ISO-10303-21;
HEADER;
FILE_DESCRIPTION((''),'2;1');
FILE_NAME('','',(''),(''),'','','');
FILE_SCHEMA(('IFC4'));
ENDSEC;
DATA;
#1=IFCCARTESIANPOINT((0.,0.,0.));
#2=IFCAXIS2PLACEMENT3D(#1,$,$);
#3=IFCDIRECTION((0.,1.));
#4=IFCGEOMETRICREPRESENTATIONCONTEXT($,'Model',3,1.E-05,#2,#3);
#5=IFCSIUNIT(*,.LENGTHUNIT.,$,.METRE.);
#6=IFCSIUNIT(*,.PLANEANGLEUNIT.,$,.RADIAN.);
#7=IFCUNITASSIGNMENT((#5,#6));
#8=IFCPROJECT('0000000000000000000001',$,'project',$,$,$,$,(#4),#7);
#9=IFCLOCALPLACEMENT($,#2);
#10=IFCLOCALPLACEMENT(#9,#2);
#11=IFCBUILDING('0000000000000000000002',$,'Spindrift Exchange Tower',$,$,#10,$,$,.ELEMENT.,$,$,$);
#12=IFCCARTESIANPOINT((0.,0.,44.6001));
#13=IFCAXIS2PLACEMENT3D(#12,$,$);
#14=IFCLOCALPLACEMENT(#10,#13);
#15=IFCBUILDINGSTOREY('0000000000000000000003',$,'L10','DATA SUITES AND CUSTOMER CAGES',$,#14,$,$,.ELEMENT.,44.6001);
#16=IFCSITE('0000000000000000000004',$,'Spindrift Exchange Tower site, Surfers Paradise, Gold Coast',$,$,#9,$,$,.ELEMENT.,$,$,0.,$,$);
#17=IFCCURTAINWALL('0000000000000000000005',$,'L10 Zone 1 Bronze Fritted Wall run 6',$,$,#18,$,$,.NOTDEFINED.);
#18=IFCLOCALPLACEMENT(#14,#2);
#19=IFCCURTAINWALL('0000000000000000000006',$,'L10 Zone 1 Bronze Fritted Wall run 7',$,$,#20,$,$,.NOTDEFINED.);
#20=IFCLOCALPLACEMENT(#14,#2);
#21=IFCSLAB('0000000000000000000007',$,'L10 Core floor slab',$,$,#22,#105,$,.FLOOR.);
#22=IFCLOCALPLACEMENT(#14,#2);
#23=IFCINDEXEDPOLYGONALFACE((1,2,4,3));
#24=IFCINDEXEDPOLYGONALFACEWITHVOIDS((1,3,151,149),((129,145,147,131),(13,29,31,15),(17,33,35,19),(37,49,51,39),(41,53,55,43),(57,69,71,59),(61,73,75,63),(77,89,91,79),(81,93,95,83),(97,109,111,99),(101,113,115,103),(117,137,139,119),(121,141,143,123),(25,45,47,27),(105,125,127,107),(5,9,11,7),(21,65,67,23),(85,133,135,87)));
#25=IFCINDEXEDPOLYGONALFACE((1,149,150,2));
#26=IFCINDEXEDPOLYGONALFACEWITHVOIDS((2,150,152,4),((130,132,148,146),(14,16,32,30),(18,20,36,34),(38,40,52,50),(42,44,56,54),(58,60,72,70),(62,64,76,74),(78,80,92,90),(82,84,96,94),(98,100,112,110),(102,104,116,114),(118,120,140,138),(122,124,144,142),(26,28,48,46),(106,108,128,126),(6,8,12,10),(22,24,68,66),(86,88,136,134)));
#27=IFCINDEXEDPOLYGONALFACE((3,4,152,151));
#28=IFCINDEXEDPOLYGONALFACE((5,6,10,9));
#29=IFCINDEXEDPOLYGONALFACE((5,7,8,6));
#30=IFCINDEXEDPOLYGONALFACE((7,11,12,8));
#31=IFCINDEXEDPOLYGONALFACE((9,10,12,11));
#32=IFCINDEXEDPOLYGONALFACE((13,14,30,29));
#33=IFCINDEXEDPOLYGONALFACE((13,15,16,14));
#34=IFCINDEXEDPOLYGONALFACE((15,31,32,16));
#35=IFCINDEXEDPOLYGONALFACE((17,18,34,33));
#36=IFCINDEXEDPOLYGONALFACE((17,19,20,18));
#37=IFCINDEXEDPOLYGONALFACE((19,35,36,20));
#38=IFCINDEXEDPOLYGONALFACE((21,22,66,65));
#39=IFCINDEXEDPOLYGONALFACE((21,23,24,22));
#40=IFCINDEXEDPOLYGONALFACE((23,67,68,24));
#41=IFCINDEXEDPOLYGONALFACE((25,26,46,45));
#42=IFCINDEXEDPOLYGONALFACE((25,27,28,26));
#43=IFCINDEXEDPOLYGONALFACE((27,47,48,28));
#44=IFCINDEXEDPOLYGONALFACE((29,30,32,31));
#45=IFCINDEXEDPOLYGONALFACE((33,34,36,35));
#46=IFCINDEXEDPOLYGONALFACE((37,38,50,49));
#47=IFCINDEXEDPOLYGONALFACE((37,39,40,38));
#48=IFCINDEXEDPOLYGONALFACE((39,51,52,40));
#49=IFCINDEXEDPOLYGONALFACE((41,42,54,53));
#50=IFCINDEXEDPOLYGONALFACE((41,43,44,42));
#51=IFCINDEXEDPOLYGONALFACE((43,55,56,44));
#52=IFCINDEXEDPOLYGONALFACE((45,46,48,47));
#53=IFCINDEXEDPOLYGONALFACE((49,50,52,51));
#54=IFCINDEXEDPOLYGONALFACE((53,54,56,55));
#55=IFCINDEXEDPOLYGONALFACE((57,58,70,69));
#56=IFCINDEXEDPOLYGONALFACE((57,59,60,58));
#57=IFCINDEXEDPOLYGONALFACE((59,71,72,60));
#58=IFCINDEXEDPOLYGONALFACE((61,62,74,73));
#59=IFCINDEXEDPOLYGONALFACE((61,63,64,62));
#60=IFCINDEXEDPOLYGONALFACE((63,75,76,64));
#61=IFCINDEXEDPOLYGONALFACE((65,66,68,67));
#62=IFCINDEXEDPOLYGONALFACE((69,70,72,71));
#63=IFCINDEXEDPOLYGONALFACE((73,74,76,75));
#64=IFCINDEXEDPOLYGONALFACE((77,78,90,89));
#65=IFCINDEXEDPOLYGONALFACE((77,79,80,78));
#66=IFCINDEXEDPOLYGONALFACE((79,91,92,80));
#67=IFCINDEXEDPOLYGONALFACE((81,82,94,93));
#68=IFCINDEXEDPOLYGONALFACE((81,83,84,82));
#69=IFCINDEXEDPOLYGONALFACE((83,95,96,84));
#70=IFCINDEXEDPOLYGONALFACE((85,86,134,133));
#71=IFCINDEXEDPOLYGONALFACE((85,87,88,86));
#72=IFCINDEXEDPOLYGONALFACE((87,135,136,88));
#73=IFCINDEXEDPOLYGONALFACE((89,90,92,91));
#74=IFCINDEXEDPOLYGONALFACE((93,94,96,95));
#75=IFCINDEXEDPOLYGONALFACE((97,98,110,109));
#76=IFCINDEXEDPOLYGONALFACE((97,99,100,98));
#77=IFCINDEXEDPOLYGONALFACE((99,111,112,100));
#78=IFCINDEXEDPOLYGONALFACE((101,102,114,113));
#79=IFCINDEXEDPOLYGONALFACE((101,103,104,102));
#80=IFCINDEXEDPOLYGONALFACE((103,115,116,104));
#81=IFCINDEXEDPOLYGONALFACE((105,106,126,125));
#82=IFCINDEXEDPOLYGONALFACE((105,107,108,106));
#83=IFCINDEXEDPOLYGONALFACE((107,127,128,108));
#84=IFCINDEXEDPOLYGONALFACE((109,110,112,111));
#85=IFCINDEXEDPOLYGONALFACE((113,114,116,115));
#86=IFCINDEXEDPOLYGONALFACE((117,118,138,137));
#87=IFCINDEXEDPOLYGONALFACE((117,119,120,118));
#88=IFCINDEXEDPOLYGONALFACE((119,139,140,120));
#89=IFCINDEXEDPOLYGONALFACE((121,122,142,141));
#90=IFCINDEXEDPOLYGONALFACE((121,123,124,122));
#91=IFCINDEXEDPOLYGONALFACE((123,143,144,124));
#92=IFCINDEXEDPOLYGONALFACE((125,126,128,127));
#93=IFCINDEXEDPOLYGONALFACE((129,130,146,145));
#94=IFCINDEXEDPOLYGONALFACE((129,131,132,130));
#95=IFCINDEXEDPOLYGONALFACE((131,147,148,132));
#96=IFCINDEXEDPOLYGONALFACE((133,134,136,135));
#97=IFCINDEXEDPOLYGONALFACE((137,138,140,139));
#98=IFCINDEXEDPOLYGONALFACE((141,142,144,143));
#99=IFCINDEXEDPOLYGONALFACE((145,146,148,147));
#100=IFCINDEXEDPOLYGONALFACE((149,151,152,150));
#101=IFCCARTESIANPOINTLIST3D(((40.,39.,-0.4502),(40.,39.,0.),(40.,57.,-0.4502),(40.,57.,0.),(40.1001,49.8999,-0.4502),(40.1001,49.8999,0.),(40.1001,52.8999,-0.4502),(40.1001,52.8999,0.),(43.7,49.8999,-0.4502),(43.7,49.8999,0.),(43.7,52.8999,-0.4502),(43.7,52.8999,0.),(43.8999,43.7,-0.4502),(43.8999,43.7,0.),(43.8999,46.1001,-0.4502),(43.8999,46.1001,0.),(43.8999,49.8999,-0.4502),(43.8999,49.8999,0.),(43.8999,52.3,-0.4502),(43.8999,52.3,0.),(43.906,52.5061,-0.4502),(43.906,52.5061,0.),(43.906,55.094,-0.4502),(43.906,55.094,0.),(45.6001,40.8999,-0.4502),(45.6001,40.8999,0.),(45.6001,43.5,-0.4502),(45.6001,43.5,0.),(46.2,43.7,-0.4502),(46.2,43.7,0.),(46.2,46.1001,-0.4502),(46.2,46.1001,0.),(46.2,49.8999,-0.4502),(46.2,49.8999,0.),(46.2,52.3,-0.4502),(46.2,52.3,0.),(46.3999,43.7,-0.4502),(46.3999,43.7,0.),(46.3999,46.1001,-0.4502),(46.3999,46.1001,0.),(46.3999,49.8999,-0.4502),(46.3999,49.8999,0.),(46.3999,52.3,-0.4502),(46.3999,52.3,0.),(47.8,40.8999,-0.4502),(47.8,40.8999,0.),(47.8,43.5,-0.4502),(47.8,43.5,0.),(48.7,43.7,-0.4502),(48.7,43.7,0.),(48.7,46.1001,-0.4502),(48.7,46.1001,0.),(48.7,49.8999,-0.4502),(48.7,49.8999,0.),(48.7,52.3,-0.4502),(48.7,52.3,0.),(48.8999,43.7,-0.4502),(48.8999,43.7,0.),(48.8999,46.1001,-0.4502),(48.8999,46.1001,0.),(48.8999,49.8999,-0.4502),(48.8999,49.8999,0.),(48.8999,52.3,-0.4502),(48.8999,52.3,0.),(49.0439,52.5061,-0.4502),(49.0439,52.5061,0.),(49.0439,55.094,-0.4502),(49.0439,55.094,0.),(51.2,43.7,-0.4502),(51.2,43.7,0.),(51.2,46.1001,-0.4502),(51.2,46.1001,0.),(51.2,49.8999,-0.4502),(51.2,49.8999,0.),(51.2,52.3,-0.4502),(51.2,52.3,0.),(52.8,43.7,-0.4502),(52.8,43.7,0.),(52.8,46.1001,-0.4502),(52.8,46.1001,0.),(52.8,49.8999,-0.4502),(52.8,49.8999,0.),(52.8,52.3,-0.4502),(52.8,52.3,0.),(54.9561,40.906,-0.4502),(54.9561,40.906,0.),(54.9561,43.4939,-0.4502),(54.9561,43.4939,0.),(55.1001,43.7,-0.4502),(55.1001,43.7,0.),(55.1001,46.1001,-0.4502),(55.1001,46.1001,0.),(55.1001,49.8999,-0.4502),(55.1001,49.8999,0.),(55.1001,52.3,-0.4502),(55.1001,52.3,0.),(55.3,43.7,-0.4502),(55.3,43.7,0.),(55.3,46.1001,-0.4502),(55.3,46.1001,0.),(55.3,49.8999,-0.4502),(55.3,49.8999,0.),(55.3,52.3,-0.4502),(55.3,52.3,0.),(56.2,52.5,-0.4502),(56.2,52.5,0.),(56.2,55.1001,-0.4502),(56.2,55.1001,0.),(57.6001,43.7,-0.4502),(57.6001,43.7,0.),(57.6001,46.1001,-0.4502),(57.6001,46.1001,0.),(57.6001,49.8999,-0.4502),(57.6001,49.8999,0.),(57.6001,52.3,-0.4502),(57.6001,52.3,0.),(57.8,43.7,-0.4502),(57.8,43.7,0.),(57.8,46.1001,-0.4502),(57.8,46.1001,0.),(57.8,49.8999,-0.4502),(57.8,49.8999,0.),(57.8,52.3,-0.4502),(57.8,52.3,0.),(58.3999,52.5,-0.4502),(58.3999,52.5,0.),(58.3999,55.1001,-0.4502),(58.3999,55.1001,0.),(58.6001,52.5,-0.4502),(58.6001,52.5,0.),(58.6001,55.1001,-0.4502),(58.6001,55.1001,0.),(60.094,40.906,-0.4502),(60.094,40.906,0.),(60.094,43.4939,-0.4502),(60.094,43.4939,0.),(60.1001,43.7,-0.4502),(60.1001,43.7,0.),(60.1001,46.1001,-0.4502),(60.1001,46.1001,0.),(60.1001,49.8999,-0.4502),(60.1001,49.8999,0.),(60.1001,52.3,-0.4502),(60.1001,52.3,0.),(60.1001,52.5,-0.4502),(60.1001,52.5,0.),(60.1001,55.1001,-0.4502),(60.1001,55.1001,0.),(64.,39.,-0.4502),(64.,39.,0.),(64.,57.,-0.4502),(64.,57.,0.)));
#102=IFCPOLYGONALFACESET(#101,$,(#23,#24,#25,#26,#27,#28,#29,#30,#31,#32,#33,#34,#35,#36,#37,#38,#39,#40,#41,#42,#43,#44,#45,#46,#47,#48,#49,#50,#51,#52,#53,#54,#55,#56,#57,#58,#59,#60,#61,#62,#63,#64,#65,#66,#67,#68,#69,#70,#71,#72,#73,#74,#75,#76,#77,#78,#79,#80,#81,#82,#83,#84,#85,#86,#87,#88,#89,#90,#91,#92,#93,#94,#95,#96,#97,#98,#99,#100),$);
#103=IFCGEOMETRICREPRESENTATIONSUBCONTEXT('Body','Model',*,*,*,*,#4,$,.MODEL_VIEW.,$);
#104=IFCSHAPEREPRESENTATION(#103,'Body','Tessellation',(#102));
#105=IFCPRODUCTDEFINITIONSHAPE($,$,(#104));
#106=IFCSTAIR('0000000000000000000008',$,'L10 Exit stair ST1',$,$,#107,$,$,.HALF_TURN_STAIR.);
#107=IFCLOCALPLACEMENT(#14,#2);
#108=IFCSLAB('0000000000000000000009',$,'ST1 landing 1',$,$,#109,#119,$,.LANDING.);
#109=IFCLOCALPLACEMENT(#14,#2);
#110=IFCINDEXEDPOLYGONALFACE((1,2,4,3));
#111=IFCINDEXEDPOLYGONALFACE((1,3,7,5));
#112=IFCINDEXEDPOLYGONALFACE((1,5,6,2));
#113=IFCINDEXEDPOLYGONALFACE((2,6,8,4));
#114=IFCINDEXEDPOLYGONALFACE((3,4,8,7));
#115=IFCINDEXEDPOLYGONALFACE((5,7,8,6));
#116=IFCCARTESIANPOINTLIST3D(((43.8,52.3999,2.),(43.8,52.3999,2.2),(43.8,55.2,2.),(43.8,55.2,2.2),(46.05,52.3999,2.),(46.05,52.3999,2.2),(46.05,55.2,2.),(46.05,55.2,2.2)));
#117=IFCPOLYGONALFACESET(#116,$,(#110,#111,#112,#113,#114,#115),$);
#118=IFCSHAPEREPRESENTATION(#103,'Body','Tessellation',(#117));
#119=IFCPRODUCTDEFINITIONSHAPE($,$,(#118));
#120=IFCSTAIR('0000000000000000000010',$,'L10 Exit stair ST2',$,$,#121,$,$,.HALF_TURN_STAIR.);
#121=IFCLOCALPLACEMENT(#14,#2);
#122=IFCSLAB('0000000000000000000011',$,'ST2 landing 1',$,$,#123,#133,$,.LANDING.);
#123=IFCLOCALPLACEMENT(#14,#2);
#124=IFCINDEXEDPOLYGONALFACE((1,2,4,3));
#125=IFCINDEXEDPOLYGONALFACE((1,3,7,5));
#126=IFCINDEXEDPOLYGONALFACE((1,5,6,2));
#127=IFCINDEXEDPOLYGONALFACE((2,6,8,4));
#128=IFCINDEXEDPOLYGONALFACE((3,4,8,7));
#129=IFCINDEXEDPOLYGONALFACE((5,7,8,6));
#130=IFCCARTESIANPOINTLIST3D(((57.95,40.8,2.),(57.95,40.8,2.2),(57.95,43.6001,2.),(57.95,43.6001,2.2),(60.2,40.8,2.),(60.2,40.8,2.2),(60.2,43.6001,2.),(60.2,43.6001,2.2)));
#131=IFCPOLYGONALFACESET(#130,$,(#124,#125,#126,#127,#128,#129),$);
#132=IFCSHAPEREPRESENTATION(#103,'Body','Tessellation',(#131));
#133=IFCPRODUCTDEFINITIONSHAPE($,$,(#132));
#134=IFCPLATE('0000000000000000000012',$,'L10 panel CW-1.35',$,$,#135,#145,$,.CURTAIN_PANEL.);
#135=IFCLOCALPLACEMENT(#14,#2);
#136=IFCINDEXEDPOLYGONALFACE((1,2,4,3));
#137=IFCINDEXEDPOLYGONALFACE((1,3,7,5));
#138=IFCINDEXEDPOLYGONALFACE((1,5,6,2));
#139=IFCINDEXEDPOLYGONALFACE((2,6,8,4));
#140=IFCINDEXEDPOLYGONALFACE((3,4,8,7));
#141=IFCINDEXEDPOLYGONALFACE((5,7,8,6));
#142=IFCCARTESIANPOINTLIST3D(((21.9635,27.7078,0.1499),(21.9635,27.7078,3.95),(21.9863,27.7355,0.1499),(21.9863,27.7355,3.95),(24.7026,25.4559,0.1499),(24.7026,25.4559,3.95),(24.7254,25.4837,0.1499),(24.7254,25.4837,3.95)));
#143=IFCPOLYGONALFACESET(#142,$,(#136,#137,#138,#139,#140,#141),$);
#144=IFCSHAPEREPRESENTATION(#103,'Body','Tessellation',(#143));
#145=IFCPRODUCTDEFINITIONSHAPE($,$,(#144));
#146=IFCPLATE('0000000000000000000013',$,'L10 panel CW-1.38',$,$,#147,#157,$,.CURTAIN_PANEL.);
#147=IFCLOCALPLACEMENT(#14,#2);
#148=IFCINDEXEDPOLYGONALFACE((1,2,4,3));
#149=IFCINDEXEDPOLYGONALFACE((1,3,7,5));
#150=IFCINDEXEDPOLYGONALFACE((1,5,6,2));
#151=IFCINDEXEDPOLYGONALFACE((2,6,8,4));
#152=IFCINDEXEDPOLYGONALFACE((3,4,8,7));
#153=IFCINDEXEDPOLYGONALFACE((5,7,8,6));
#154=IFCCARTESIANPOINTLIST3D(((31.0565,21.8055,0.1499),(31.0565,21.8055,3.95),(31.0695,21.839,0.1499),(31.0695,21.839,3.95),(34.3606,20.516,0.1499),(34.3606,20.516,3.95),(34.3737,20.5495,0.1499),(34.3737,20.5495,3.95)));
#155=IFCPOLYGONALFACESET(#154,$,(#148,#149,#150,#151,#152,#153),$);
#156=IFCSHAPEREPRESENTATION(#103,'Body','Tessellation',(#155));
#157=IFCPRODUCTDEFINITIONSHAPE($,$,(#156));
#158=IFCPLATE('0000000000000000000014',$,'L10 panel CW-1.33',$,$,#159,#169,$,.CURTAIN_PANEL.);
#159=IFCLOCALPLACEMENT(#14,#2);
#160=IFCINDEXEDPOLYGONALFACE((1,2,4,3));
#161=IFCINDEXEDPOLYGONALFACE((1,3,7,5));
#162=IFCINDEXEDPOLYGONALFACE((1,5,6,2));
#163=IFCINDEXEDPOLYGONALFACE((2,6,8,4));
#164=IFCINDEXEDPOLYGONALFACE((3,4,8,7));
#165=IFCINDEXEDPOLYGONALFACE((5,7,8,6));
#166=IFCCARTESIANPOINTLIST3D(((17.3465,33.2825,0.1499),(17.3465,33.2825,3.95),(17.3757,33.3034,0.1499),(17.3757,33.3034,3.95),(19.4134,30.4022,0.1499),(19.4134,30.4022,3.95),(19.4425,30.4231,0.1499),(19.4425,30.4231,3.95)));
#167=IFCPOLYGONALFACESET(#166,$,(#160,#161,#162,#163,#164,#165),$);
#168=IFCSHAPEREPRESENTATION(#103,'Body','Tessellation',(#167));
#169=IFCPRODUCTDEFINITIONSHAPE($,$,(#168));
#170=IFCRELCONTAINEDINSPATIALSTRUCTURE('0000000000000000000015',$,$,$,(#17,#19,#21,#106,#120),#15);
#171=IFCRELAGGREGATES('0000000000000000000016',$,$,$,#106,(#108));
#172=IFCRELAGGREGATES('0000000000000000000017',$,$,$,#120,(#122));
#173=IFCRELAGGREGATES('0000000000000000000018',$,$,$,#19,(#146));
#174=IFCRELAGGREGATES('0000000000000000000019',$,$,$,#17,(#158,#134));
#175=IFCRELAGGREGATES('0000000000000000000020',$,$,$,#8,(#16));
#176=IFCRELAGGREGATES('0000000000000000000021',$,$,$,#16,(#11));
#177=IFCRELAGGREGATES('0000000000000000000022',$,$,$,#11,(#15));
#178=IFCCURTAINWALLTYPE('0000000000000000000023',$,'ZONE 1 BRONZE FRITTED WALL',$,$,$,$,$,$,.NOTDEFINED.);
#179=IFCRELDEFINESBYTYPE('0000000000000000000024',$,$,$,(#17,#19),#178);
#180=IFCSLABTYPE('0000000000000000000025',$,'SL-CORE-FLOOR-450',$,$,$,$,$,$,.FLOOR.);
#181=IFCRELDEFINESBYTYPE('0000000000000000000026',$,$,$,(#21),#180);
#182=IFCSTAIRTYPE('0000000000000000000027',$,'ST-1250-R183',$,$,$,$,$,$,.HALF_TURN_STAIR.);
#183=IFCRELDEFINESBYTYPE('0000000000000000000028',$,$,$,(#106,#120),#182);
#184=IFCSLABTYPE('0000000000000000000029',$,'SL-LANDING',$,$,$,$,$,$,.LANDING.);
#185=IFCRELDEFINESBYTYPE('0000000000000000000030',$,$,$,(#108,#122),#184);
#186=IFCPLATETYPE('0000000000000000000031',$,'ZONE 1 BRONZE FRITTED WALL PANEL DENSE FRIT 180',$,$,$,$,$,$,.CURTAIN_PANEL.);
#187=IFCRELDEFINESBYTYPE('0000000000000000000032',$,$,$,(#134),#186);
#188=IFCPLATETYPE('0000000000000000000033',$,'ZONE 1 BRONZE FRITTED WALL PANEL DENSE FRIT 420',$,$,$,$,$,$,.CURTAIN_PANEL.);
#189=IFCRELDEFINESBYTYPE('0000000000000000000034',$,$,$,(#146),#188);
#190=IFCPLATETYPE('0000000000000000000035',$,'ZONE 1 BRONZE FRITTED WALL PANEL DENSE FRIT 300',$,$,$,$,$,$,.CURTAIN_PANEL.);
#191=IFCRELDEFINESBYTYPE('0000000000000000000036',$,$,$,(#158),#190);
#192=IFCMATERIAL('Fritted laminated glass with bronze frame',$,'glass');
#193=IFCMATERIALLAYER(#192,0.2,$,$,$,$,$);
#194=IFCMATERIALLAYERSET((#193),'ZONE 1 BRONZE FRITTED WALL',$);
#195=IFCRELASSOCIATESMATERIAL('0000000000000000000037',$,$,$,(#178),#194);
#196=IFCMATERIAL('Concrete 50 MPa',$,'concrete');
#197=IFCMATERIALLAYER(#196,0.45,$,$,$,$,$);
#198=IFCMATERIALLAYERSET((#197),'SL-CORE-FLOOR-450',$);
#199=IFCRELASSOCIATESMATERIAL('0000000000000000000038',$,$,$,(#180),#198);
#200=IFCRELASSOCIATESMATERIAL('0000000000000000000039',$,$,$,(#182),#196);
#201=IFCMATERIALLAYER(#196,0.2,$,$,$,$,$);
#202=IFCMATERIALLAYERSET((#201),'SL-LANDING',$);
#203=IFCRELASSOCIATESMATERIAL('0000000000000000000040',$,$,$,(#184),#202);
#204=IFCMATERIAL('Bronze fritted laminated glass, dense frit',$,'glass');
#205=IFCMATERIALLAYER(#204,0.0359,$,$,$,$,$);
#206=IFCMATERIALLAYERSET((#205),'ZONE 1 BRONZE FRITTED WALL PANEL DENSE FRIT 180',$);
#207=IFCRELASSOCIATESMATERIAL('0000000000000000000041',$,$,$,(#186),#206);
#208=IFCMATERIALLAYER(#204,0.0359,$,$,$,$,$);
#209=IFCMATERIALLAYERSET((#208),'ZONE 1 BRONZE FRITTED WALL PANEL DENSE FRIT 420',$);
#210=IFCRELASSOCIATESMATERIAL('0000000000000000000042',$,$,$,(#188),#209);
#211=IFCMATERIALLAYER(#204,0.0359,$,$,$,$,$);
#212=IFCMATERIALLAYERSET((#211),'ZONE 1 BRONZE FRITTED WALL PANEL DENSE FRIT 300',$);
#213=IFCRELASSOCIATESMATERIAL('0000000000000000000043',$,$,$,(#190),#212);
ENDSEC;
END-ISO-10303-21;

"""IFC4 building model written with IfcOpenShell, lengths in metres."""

from ifc_helpers import new_model, si_unit, direction, frame, origin, origin_2d, place, context, subcontext, project, spatial, line, indexed_curve, rectangle, outline, extrude, source, transform, mapped, material, layer, layer_set, type_object, element, aggregate, save


model = new_model("IFC4")

# Units and contexts
model_context = context("Model", 3, precision=1e-05, world=origin(), true_north=direction((0.0, 1.0)))
body_context = subcontext(model_context, "Body", "Model", "MODEL_VIEW")
ifc_project = project(units=[si_unit("LENGTHUNIT", "METRE"), si_unit("PLANEANGLEUNIT", "RADIAN")], contexts=[model_context])

# Site, building, storey
site_placement = place(None, origin())
site = spatial("IfcSite", under=ifc_project, at=site_placement, Name="Spindrift Exchange Tower site, Surfers Paradise, Gold Coast", CompositionType="ELEMENT", RefElevation=0.0)
building_placement = place(site_placement, origin())
building = spatial("IfcBuilding", under=site, at=building_placement, Name="Spindrift Exchange Tower", CompositionType="ELEMENT")
storey_placement = place(building_placement, frame((0.0, 0.0, 44.6001)))
storey = spatial("IfcBuildingStorey", under=building, at=storey_placement, Name="L10", Description="DATA SUITES AND CUSTOMER CAGES", CompositionType="ELEMENT", Elevation=44.6001)

# Curtain walls
ifc_material_1 = material(Name="Fritted laminated glass with bronze frame", Category="glass")
ifc_layer_1 = layer(ifc_material_1, 0.2)
ifc_layer_set_1 = layer_set([ifc_layer_1], Name="ZONE 1 BRONZE FRITTED WALL")
curtain_wall_type = type_object("IfcCurtainWallType", Name="ZONE 1 BRONZE FRITTED WALL", PredefinedType="NOTDEFINED", material=ifc_layer_set_1)
curtain_wall_1_placement = place(storey_placement, origin())
curtain_wall_1 = element("IfcCurtainWall", 1, at=curtain_wall_1_placement, inside=storey, type_object=curtain_wall_type, Name="L10 Zone 1 Bronze Fritted Wall run 6", PredefinedType="NOTDEFINED")
curtain_wall_2_placement = place(storey_placement, origin())
curtain_wall_2 = element("IfcCurtainWall", 2, at=curtain_wall_2_placement, inside=storey, type_object=curtain_wall_type, Name="L10 Zone 1 Bronze Fritted Wall run 7", PredefinedType="NOTDEFINED")

# Slab
ifc_material_2 = material(Name="Concrete 50 MPa", Category="concrete")
ifc_layer_2 = layer(ifc_material_2, 0.45)
ifc_layer_set_2 = layer_set([ifc_layer_2], Name="SL-CORE-FLOOR-450")
slab_type_1 = type_object("IfcSlabType", Name="SL-CORE-FLOOR-450", PredefinedType="FLOOR", material=ifc_layer_set_2)
slab_1_placement = place(storey_placement, frame((0.0, 0.0, -0.4502)))
element("IfcSlab", 3, at=slab_1_placement, inside=storey, type_object=slab_type_1, Name="L10 Core floor slab", PredefinedType="FLOOR", context=body_context, shape_type="SweptSolid", body=[
    extrude(outline(indexed_curve([(40.0, 39.0), (40.0, 57.0), (64.0, 57.0), (64.0, 39.0)], segments=[line(1, 2, 3, 4, 1)], self_intersect=False), holes=[indexed_curve([(47.8, 43.5), (45.6001, 43.5), (45.6001, 40.8999), (47.8, 40.8999)], segments=[line(1, 2, 3, 4, 1)], self_intersect=False), indexed_curve([(46.2, 46.1001), (43.8999, 46.1001), (43.8999, 43.7), (46.2, 43.7)], segments=[line(1, 2, 3, 4, 1)], self_intersect=False), indexed_curve([(48.7, 46.1001), (46.3999, 46.1001), (46.3999, 43.7), (48.7, 43.7)], segments=[line(1, 2, 3, 4, 1)], self_intersect=False), indexed_curve([(51.2, 46.1001), (48.8999, 46.1001), (48.8999, 43.7), (51.2, 43.7)], segments=[line(1, 2, 3, 4, 1)], self_intersect=False), indexed_curve([(46.2, 52.3), (43.8999, 52.3), (43.8999, 49.8999), (46.2, 49.8999)], segments=[line(1, 2, 3, 4, 1)], self_intersect=False), indexed_curve([(48.7, 52.3), (46.3999, 52.3), (46.3999, 49.8999), (48.7, 49.8999)], segments=[line(1, 2, 3, 4, 1)], self_intersect=False), indexed_curve([(51.2, 52.3), (48.8999, 52.3), (48.8999, 49.8999), (51.2, 49.8999)], segments=[line(1, 2, 3, 4, 1)], self_intersect=False), indexed_curve([(43.7, 49.8999), (43.7, 52.8999), (40.1001, 52.8999), (40.1001, 49.8999)], segments=[line(1, 2, 3, 4, 1)], self_intersect=False), indexed_curve([(49.0439, 55.094), (43.906, 55.094), (43.906, 52.5061), (49.0439, 52.5061)], segments=[line(1, 2, 3, 4, 1)], self_intersect=False), indexed_curve([(60.094, 40.906), (60.094, 43.4939), (54.9561, 43.4939), (54.9561, 40.906)], segments=[line(1, 2, 3, 4, 1)], self_intersect=False), indexed_curve([(55.1001, 46.1001), (52.8, 46.1001), (52.8, 43.7), (55.1001, 43.7)], segments=[line(1, 2, 3, 4, 1)], self_intersect=False), indexed_curve([(57.6001, 46.1001), (55.3, 46.1001), (55.3, 43.7), (57.6001, 43.7)], segments=[line(1, 2, 3, 4, 1)], self_intersect=False), indexed_curve([(60.1001, 46.1001), (57.8, 46.1001), (57.8, 43.7), (60.1001, 43.7)], segments=[line(1, 2, 3, 4, 1)], self_intersect=False), indexed_curve([(55.1001, 52.3), (52.8, 52.3), (52.8, 49.8999), (55.1001, 49.8999)], segments=[line(1, 2, 3, 4, 1)], self_intersect=False), indexed_curve([(57.6001, 52.3), (55.3, 52.3), (55.3, 49.8999), (57.6001, 49.8999)], segments=[line(1, 2, 3, 4, 1)], self_intersect=False), indexed_curve([(60.1001, 52.3), (57.8, 52.3), (57.8, 49.8999), (60.1001, 49.8999)], segments=[line(1, 2, 3, 4, 1)], self_intersect=False), indexed_curve([(58.3999, 52.5), (58.3999, 55.1001), (56.2, 55.1001), (56.2, 52.5)], segments=[line(1, 2, 3, 4, 1)], self_intersect=False), indexed_curve([(60.1001, 52.5), (60.1001, 55.1001), (58.6001, 55.1001), (58.6001, 52.5)], segments=[line(1, 2, 3, 4, 1)], self_intersect=False)]), origin(), (0.0, 0.0, 1.0), 0.4502),
])

# Stairs, slabs
stair_type = type_object("IfcStairType", Name="ST-1250-R183", PredefinedType="HALF_TURN_STAIR", material=ifc_material_2)
stair_1_placement = place(storey_placement, origin())
stair_1 = element("IfcStair", 4, at=stair_1_placement, inside=storey, type_object=stair_type, Name="L10 Exit stair ST1", PredefinedType="HALF_TURN_STAIR")
ifc_layer_3 = layer(ifc_material_2, 0.2)
ifc_layer_set_3 = layer_set([ifc_layer_3], Name="SL-LANDING")
slab_type_2 = type_object("IfcSlabType", Name="SL-LANDING", PredefinedType="LANDING", material=ifc_layer_set_3)
slab_2_placement = place(storey_placement, frame((0.0, 0.0, 2.0)))
slab_2 = element("IfcSlab", 5, at=slab_2_placement, type_object=slab_type_2, Name="ST1 landing 1", PredefinedType="LANDING", context=body_context, shape_type="SweptSolid", body=[
    extrude(outline(indexed_curve([(46.05, 52.3999), (43.8, 52.3999), (43.8, 55.2), (46.05, 55.2)], segments=[line(1, 2, 3, 4, 1)], self_intersect=False)), origin(), (0.0, 0.0, 1.0), 0.2),
])
aggregate(stair_1, [slab_2])
stair_2_placement = place(storey_placement, origin())
stair_2 = element("IfcStair", 6, at=stair_2_placement, inside=storey, type_object=stair_type, Name="L10 Exit stair ST2", PredefinedType="HALF_TURN_STAIR")
slab_3_placement = place(storey_placement, frame((0.0, 0.0, 2.0)))
slab_3 = element("IfcSlab", 7, at=slab_3_placement, type_object=slab_type_2, Name="ST2 landing 1", PredefinedType="LANDING", context=body_context, shape_type="SweptSolid", body=[
    extrude(outline(indexed_curve([(57.95, 43.6001), (60.2, 43.6001), (60.2, 40.8), (57.95, 40.8)], segments=[line(1, 2, 3, 4, 1)], self_intersect=False)), origin(), (0.0, 0.0, 1.0), 0.2),
])
aggregate(stair_2, [slab_3])

# Plates
ifc_material_3 = material(Name="Bronze fritted laminated glass, dense frit", Category="glass")
ifc_layer_4 = layer(ifc_material_3, 0.0359)
ifc_layer_set_4 = layer_set([ifc_layer_4], Name="ZONE 1 BRONZE FRITTED WALL PANEL DENSE FRIT 180")
plate_type_1 = type_object("IfcPlateType", Name="ZONE 1 BRONZE FRITTED WALL PANEL DENSE FRIT 180", PredefinedType="CURTAIN_PANEL", material=ifc_layer_set_4)
shared_shape_1 = source(origin(), body_context, "Body", "SweptSolid", [
    extrude(rectangle(XDim=3.5459, YDim=0.0359, at=origin_2d()), origin(), (0.0, 0.0, 1.0), 3.8),
])
plate_1_placement = place(storey_placement, frame((23.3445, 26.5957, 0.1499), z_axis=(0.0, 0.0, 1.0), x_axis=(0.772472, -0.635049, 0.0)))
plate_1 = element("IfcPlate", 8, at=plate_1_placement, type_object=plate_type_1, Name="L10 panel CW-1.35", PredefinedType="CURTAIN_PANEL", context=body_context, shape_type="MappedRepresentation", body=[
    mapped(shared_shape_1, transform((0.0, 0.0, 0.0), scale=1.0)),
])
ifc_layer_5 = layer(ifc_material_3, 0.0359)
ifc_layer_set_5 = layer_set([ifc_layer_5], Name="ZONE 1 BRONZE FRITTED WALL PANEL DENSE FRIT 420")
plate_type_2 = type_object("IfcPlateType", Name="ZONE 1 BRONZE FRITTED WALL PANEL DENSE FRIT 420", PredefinedType="CURTAIN_PANEL", material=ifc_layer_set_5)
shared_shape_2 = source(origin(), body_context, "Body", "SweptSolid", [
    extrude(rectangle(XDim=3.5469, YDim=0.0359, at=origin_2d()), origin(), (0.0, 0.0, 1.0), 3.8),
])
plate_2_placement = place(storey_placement, frame((32.7151, 21.1775, 0.1499), z_axis=(0.0, 0.0, 1.0), x_axis=(0.93157, -0.363562, 0.0)))
plate_2 = element("IfcPlate", 9, at=plate_2_placement, type_object=plate_type_2, Name="L10 panel CW-1.38", PredefinedType="CURTAIN_PANEL", context=body_context, shape_type="MappedRepresentation", body=[
    mapped(shared_shape_2, transform((0.0, 0.0, 0.0), scale=1.0)),
])
ifc_layer_6 = layer(ifc_material_3, 0.0359)
ifc_layer_set_6 = layer_set([ifc_layer_6], Name="ZONE 1 BRONZE FRITTED WALL PANEL DENSE FRIT 300")
plate_type_3 = type_object("IfcPlateType", Name="ZONE 1 BRONZE FRITTED WALL PANEL DENSE FRIT 300", PredefinedType="CURTAIN_PANEL", material=ifc_layer_set_6)
shared_shape_3 = source(origin(), body_context, "Body", "SweptSolid", [
    extrude(rectangle(XDim=3.5452, YDim=0.0359, at=origin_2d()), origin(), (0.0, 0.0, 1.0), 3.8),
])
plate_3_placement = place(storey_placement, frame((18.3945, 31.8528, 0.1499), z_axis=(0.0, 0.0, 1.0), x_axis=(0.583011, -0.812464, 0.0)))
plate_3 = element("IfcPlate", 10, at=plate_3_placement, type_object=plate_type_3, Name="L10 panel CW-1.33", PredefinedType="CURTAIN_PANEL", context=body_context, shape_type="MappedRepresentation", body=[
    mapped(shared_shape_3, transform((0.0, 0.0, 0.0), scale=1.0)),
])
aggregate(curtain_wall_2, [plate_2])
aggregate(curtain_wall_1, [plate_3, plate_1])

save(model, "model.ifc")
